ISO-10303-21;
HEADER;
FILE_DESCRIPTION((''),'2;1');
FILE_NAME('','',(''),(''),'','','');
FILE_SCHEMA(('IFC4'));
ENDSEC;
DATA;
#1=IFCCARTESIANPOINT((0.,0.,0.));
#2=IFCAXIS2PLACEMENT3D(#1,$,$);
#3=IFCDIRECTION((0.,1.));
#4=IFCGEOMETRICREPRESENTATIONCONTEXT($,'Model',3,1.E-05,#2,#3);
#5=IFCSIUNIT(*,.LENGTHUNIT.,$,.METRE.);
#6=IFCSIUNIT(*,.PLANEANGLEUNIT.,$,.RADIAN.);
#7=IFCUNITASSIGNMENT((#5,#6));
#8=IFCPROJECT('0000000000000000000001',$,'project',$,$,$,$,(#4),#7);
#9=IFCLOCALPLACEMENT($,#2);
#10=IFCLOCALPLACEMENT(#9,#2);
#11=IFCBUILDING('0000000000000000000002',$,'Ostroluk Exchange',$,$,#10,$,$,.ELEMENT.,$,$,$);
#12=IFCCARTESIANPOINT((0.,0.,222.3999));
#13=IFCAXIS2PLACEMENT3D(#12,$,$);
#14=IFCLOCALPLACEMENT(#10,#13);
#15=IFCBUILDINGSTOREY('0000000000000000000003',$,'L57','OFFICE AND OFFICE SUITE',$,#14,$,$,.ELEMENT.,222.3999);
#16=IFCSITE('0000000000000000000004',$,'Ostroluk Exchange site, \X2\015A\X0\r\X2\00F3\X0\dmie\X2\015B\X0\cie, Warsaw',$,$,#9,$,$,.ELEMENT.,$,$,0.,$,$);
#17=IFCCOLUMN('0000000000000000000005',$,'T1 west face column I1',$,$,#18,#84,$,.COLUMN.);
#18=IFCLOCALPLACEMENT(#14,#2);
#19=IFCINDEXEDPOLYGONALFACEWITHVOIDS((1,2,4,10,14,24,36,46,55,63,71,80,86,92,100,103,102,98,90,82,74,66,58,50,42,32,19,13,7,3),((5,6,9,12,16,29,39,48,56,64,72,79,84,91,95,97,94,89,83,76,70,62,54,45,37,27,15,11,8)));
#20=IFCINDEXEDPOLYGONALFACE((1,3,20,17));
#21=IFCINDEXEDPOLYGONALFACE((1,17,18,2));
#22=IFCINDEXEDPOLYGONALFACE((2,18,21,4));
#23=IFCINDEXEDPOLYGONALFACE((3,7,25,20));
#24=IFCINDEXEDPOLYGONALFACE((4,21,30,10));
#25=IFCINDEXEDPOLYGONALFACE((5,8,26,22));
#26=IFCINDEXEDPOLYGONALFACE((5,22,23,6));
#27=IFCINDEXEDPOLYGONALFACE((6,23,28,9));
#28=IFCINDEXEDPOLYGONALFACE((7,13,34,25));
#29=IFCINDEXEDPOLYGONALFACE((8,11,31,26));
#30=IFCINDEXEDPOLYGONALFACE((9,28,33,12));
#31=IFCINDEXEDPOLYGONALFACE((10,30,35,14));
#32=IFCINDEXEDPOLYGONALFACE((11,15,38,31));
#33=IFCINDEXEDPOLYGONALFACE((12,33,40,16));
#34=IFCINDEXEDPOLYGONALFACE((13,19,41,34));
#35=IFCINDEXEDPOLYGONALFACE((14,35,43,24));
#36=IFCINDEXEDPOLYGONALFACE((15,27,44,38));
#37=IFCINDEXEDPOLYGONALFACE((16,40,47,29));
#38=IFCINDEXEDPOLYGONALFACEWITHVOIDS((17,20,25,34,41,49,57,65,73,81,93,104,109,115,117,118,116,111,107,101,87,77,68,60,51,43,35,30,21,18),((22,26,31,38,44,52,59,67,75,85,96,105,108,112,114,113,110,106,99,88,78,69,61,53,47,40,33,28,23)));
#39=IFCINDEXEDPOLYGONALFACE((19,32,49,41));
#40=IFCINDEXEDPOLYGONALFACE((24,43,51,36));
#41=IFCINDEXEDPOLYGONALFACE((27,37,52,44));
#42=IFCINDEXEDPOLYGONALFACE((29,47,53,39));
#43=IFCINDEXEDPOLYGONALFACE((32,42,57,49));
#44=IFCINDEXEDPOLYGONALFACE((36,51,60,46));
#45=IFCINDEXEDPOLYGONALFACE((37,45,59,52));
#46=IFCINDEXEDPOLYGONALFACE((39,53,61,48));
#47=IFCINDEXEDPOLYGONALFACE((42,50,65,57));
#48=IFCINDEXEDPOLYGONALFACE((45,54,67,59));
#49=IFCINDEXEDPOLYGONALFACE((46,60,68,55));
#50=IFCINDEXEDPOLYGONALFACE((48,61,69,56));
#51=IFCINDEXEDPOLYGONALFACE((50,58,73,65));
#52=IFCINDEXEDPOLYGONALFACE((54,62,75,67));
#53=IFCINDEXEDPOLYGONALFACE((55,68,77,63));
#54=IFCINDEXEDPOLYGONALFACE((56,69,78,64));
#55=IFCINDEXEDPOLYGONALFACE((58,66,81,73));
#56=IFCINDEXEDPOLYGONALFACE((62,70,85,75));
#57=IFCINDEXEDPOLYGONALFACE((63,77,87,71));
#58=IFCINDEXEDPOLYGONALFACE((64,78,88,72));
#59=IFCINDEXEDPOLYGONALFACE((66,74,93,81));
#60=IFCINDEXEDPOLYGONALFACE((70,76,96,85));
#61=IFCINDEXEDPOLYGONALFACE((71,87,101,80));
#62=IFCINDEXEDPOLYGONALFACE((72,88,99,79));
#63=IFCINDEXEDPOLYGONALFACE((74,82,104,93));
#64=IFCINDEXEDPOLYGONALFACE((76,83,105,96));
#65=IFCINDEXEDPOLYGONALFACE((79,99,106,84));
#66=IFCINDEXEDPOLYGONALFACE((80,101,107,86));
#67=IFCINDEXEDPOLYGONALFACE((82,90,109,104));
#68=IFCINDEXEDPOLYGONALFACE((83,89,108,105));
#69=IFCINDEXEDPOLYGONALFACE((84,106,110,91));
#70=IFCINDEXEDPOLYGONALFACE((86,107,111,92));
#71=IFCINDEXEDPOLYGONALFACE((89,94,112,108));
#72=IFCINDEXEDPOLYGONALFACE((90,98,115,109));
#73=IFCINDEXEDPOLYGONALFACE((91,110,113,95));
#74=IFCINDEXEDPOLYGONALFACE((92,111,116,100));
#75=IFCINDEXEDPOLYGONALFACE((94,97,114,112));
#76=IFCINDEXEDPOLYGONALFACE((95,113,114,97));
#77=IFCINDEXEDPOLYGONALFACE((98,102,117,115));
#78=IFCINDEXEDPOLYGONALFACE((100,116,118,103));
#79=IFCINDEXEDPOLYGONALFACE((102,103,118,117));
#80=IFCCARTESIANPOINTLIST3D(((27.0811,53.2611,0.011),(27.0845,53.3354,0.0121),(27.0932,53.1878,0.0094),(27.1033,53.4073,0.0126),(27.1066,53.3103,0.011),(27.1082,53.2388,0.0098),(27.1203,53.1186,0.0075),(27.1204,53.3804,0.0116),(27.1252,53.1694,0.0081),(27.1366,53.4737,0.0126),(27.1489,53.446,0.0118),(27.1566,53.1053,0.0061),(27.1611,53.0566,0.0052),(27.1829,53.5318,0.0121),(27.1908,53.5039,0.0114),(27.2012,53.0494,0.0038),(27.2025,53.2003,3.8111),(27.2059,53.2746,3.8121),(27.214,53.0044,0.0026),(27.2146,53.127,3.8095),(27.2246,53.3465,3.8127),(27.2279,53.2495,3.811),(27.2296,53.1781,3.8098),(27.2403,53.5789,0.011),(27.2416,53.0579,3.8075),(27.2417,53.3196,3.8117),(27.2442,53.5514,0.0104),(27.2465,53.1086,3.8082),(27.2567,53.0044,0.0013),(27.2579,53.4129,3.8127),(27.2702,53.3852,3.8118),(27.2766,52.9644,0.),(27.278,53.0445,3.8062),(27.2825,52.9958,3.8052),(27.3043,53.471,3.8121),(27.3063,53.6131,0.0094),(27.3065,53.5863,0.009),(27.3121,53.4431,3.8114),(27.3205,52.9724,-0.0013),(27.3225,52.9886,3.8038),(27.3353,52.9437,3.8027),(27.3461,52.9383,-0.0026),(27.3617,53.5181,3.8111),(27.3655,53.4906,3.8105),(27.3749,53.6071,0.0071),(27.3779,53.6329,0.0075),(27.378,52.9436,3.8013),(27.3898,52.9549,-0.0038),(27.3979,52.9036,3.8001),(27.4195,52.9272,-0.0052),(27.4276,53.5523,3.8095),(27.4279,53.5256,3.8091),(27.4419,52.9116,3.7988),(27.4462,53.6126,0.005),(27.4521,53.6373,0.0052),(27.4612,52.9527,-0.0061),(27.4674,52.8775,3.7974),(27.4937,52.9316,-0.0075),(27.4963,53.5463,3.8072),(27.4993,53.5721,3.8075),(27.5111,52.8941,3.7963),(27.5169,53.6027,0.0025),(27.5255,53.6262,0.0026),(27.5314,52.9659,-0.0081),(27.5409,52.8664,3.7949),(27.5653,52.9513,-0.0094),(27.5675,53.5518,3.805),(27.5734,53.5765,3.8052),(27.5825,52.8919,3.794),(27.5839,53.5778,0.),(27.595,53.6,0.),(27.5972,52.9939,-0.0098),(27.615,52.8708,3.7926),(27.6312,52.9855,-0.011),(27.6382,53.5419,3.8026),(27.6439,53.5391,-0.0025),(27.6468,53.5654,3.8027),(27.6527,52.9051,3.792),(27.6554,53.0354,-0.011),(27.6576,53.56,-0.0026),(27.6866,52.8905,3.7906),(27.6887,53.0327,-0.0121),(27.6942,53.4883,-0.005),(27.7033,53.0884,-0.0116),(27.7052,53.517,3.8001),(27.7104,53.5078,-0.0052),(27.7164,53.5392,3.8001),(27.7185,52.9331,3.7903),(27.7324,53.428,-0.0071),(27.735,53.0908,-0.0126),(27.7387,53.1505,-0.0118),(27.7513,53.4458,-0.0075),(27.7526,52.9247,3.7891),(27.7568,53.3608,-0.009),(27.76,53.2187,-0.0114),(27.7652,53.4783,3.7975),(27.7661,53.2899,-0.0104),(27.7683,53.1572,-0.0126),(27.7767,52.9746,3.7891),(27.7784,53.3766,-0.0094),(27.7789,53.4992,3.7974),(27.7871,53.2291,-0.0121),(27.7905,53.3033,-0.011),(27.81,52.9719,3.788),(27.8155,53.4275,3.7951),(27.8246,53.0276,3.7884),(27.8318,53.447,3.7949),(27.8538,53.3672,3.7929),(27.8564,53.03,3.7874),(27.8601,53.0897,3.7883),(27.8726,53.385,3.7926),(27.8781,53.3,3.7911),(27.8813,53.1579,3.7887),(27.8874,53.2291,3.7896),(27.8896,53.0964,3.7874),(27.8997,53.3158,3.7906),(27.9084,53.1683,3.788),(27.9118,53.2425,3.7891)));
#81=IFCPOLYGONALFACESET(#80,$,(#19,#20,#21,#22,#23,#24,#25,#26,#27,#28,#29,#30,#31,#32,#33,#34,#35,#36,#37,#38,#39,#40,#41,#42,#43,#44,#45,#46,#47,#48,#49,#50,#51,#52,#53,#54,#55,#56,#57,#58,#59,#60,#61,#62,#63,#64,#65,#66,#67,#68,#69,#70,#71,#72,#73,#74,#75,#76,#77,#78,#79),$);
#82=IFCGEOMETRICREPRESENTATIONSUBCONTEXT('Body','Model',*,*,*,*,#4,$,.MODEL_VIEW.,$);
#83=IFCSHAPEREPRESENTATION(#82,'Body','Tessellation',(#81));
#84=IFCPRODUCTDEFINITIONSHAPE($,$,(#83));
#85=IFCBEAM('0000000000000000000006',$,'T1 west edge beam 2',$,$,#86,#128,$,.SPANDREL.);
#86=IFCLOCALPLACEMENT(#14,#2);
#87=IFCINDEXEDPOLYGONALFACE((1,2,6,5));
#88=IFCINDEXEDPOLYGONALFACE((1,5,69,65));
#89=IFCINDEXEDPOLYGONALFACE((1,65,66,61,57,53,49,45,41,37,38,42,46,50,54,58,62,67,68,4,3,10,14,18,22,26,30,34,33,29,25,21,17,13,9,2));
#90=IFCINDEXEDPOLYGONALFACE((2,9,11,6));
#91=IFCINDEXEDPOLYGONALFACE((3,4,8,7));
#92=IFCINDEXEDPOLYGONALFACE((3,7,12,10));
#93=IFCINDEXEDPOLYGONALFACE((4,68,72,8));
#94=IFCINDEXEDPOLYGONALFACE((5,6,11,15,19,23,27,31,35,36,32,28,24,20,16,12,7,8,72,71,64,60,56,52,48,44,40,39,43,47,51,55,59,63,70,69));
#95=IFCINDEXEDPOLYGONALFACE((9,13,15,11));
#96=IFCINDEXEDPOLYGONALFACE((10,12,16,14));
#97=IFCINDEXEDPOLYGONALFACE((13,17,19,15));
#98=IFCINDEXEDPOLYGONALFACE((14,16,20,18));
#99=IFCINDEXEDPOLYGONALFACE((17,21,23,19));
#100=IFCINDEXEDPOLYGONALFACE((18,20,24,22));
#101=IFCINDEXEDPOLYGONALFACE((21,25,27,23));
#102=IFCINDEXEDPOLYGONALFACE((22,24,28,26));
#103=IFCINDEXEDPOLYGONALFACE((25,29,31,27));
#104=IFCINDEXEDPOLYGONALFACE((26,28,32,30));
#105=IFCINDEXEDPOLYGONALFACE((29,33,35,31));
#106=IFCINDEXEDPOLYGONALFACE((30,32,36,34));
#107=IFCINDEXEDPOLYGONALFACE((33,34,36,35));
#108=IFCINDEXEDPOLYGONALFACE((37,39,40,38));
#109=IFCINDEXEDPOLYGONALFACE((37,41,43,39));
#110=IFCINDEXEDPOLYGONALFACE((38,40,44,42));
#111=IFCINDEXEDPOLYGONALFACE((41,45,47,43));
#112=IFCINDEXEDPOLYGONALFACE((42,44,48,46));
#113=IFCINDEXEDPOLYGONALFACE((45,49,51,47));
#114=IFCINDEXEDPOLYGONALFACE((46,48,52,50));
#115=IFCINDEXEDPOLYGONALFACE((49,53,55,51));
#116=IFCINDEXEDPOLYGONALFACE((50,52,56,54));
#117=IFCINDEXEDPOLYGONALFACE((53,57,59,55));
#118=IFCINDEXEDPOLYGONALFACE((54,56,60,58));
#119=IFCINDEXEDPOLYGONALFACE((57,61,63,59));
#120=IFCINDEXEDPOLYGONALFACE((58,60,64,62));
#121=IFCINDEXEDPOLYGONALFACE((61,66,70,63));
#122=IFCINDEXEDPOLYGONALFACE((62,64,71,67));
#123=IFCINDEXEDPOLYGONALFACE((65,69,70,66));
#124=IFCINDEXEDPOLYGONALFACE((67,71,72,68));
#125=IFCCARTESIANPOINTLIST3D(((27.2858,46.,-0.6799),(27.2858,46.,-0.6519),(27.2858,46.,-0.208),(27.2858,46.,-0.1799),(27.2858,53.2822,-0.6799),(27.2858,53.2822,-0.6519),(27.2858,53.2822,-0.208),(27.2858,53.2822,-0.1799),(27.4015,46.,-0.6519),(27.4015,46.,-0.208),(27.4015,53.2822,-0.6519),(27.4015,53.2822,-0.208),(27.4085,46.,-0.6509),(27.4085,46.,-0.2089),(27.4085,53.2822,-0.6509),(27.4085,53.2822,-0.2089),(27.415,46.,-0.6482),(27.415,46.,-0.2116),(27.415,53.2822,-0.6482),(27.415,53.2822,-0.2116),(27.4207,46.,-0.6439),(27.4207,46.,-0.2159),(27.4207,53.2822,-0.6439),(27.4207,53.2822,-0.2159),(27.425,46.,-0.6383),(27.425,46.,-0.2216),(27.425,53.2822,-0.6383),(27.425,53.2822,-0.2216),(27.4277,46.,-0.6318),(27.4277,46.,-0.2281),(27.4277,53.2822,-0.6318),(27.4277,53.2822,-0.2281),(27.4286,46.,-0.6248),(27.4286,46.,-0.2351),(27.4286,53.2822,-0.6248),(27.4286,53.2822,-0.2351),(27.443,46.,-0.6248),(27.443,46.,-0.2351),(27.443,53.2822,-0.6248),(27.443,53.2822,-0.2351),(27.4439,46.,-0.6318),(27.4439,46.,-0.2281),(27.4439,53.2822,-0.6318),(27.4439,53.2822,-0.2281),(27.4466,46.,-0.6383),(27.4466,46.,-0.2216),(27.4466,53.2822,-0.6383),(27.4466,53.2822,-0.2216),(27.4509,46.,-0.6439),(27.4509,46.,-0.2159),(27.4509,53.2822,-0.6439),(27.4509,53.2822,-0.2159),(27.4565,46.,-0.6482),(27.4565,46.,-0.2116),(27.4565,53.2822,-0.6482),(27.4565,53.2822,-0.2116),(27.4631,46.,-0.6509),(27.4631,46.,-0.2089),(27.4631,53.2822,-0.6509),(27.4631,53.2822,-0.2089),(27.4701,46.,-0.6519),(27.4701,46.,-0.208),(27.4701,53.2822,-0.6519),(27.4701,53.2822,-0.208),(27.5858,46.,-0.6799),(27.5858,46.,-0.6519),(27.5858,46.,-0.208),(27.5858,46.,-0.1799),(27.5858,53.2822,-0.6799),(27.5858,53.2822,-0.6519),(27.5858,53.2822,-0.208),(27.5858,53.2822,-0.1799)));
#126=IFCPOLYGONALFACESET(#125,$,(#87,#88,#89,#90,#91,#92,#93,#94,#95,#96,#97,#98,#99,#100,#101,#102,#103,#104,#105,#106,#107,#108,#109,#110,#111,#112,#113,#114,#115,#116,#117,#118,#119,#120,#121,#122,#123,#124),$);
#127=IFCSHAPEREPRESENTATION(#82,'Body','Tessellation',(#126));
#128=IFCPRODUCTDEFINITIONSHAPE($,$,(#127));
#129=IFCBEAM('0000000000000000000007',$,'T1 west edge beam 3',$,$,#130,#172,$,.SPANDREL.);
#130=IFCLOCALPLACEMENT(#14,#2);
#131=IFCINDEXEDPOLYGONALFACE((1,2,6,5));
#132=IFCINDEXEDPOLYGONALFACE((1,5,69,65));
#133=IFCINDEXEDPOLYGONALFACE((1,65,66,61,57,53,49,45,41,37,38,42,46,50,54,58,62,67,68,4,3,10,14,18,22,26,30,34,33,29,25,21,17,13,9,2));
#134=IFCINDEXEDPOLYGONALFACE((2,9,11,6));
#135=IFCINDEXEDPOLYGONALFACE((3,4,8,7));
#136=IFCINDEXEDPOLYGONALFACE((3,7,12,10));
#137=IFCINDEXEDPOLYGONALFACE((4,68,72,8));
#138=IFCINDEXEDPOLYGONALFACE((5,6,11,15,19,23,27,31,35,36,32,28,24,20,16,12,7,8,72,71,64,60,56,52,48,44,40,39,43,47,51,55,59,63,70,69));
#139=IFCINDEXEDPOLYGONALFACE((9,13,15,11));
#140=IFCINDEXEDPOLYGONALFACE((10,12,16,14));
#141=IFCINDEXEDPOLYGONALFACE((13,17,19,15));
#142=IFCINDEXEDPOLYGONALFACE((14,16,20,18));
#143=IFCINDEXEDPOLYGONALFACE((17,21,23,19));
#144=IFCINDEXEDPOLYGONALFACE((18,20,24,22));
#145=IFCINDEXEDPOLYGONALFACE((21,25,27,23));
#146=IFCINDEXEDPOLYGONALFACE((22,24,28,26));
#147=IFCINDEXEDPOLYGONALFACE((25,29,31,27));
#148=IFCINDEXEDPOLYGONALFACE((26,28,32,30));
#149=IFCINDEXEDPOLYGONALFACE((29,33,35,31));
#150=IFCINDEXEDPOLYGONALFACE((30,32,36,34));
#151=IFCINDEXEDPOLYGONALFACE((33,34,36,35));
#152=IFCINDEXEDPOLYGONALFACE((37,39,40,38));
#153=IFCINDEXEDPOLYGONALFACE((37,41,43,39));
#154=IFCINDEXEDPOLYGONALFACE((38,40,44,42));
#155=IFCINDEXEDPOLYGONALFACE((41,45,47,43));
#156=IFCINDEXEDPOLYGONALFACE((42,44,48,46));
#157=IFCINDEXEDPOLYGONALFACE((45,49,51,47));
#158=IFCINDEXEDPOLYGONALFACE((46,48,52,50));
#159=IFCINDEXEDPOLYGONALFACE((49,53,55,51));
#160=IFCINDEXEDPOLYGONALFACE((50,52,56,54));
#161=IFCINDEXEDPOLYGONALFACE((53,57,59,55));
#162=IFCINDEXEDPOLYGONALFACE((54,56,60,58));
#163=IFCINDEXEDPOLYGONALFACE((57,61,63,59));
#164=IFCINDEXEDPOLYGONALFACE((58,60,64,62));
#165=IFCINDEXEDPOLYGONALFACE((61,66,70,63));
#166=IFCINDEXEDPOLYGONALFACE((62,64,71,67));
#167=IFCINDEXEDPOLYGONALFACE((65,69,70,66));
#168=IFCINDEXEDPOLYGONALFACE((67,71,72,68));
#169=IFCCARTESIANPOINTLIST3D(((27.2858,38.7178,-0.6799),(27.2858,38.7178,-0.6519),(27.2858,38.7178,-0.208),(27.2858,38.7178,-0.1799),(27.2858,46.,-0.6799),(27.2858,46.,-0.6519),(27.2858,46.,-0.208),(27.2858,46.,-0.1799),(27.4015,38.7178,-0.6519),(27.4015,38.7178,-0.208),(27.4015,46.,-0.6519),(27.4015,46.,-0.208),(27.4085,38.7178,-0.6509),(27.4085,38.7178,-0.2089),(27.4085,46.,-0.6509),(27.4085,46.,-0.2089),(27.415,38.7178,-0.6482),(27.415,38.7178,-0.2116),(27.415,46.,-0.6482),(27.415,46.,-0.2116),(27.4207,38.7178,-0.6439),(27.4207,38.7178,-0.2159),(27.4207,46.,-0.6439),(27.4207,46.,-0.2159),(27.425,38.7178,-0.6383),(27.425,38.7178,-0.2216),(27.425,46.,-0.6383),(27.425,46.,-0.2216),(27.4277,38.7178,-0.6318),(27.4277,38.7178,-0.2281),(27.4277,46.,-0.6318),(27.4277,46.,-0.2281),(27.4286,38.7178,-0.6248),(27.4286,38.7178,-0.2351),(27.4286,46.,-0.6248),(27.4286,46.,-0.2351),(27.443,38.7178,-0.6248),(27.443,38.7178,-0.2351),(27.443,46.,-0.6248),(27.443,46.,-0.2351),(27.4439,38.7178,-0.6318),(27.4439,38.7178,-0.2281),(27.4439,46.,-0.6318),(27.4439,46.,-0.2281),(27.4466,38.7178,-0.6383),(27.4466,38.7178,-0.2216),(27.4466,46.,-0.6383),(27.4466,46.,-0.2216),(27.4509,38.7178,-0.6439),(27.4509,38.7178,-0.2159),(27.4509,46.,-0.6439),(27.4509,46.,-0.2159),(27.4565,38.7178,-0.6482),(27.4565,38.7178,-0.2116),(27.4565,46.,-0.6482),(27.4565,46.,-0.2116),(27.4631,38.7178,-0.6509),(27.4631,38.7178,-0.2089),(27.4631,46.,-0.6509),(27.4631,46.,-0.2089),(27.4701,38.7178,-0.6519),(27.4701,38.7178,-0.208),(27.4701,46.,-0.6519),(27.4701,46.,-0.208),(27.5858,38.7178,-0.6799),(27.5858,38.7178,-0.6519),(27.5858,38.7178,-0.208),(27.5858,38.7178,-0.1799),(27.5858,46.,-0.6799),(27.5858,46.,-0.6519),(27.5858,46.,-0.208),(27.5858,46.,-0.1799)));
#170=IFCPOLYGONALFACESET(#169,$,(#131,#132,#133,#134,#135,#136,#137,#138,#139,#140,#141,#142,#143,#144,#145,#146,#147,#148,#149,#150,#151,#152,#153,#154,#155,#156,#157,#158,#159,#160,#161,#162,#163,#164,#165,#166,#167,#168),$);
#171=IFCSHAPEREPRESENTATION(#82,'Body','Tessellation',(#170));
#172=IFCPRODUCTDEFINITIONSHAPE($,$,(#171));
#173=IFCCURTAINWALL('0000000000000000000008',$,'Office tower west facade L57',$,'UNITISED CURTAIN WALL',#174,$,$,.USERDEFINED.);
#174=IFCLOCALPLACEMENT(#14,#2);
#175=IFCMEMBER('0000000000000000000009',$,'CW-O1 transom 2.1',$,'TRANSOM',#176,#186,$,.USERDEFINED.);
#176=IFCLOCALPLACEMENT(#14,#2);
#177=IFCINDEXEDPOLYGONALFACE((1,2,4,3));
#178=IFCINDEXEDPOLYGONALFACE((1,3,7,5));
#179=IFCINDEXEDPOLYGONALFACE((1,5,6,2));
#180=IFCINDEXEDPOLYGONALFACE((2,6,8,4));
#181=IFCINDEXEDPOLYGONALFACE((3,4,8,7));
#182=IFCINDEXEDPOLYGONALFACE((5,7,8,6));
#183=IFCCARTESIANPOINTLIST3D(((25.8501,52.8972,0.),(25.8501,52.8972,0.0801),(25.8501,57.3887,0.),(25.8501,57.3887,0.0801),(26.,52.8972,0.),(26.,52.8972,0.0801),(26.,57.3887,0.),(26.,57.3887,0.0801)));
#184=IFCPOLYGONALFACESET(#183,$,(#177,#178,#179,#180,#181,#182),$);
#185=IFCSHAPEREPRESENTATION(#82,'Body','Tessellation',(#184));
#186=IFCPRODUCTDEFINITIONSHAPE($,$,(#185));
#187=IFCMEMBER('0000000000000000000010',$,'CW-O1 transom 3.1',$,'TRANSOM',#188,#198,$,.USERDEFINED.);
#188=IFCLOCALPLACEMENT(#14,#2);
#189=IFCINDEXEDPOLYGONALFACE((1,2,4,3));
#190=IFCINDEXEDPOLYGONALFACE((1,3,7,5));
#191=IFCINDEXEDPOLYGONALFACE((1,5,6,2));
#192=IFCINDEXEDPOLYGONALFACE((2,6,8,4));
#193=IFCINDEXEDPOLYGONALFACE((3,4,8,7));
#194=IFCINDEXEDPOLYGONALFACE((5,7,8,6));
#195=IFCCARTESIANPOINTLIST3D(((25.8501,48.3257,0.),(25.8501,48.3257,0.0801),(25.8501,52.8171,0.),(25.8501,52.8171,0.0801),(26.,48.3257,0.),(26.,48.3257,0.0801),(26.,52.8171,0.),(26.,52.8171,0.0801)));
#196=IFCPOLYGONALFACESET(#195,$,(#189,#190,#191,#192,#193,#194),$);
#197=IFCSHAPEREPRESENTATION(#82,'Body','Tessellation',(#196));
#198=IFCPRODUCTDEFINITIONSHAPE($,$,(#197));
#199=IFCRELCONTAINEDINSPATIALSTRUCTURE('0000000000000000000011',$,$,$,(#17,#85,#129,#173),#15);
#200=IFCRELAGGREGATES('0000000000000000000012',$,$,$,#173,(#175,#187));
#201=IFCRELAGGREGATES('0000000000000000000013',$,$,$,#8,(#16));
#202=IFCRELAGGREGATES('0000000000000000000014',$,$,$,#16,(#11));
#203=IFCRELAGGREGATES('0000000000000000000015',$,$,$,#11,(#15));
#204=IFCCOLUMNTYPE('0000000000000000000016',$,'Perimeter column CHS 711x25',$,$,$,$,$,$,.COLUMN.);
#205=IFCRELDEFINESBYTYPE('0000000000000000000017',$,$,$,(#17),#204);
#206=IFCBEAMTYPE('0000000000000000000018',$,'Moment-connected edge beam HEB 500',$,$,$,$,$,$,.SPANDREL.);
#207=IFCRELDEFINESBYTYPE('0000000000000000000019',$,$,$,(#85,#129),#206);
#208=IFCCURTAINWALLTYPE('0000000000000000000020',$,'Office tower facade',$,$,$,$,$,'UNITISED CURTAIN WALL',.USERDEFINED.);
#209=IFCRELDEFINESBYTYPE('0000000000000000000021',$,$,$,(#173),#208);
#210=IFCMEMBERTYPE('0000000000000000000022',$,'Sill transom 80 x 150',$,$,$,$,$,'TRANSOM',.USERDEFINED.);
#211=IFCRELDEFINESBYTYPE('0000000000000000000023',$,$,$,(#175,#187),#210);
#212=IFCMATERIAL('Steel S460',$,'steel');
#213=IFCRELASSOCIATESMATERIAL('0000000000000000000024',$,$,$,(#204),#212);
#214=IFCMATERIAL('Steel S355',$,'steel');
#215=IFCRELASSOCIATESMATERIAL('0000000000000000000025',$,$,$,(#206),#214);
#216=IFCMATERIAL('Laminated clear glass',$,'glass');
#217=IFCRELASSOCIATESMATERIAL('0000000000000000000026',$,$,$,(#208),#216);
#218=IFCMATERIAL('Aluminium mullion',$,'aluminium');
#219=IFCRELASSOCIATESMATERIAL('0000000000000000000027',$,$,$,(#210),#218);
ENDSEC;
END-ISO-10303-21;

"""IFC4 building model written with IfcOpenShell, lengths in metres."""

from ifc_helpers import new_model, si_unit, direction, frame, origin, origin_2d, place, context, subcontext, project, spatial, rectangle, hollow_circle, i_section, extrude, material, material_profile, profile_set, type_object, element, aggregate, save


model = new_model("IFC4")

# Units and contexts
model_context = context("Model", 3, precision=1e-05, world=origin(), true_north=direction((0.0, 1.0)))
body_context = subcontext(model_context, "Body", "Model", "MODEL_VIEW")
ifc_project = project(units=[si_unit("LENGTHUNIT", "METRE"), si_unit("PLANEANGLEUNIT", "RADIAN")], contexts=[model_context])

# Site, building, storey
site_placement = place(None, origin())
site = spatial("IfcSite", under=ifc_project, at=site_placement, Name="Ostroluk Exchange site, Śródmieście, Warsaw", CompositionType="ELEMENT", RefElevation=0.0)
building_placement = place(site_placement, origin())
building = spatial("IfcBuilding", under=site, at=building_placement, Name="Ostroluk Exchange", CompositionType="ELEMENT")
storey_placement = place(building_placement, frame((0.0, 0.0, 222.3999)))
storey = spatial("IfcBuildingStorey", under=building, at=storey_placement, Name="L57", Description="OFFICE AND OFFICE SUITE", CompositionType="ELEMENT", Elevation=222.3999)

# Column
ifc_material_1 = material(Name="Steel S460", Category="steel")
ifc_material_profile_1 = material_profile(ifc_material_1, hollow_circle(Radius=0.3555, WallThickness=0.0249, at=origin_2d()), Name="CHS 711x25")
ifc_profile_set_1 = profile_set([ifc_material_profile_1], Name="Steel S460")
column_type = type_object("IfcColumnType", Name="Perimeter column CHS 711x25", PredefinedType="COLUMN", material=ifc_profile_set_1)
column_placement = place(storey_placement, frame((27.4358, 53.2822, 0.0), z_axis=(0.03191, -0.015987, 0.999363), x_axis=(0.447933, 0.894067, 0.0)))
element("IfcColumn", 1, at=column_placement, inside=storey, type_object=column_type, Name="T1 west face column I1", PredefinedType="COLUMN", context=body_context, shape_type="SweptSolid", body=[
    extrude(hollow_circle(Radius=0.3555, WallThickness=0.0249, at=origin_2d()), origin(), (0.0, 0.0, 1.0), 3.8025),
])

# Beams
ifc_material_2 = material(Name="Steel S355", Category="steel")
ifc_material_profile_2 = material_profile(ifc_material_2, i_section(OverallWidth=0.3, OverallDepth=0.5, WebThickness=0.0144, FlangeThickness=0.0281, FilletRadius=0.0271, at=origin_2d()), Name="HEB 500")
ifc_profile_set_2 = profile_set([ifc_material_profile_2], Name="Steel S355")
beam_type = type_object("IfcBeamType", Name="Moment-connected edge beam HEB 500", PredefinedType="SPANDREL", material=ifc_profile_set_2)
for number, where, z_axis, x_axis, name in (
    (2, (27.4358, 53.2822, -0.4299), (0.0, -1.0, 0.0), (1.0, 0.0, 0.0), "T1 west edge beam 2"),
    (3, (27.4358, 46.0, -0.4299), (0.0, -1.0, 0.0), (1.0, 0.0, 0.0), "T1 west edge beam 3"),
):
    element("IfcBeam", number, at=place(storey_placement, frame(where, z_axis=z_axis, x_axis=x_axis)), inside=storey, type_object=beam_type, Name=name, PredefinedType="SPANDREL", context=body_context, shape_type="SweptSolid", body=[
        extrude(i_section(OverallWidth=0.3, OverallDepth=0.5, WebThickness=0.0144, FlangeThickness=0.0281, FilletRadius=0.0271, at=origin_2d()), origin(), (0.0, 0.0, 1.0), 7.2822),
    ])

# Curtain wall, members
ifc_material_3 = material(Name="Laminated clear glass", Category="glass")
curtain_wall_type = type_object("IfcCurtainWallType", Name="Office tower facade", ElementType="UNITISED CURTAIN WALL", PredefinedType="USERDEFINED", material=ifc_material_3)
curtain_wall_1_placement = place(storey_placement, origin())
curtain_wall_1 = element("IfcCurtainWall", 4, at=curtain_wall_1_placement, inside=storey, type_object=curtain_wall_type, Name="Office tower west facade L57", ObjectType="UNITISED CURTAIN WALL", PredefinedType="USERDEFINED")
ifc_material_4 = material(Name="Aluminium mullion", Category="aluminium")
ifc_material_profile_3 = material_profile(ifc_material_4, rectangle(XDim=0.1499, YDim=0.0801, at=origin_2d()), Name="Sill transom 80 x 150")
ifc_profile_set_3 = profile_set([ifc_material_profile_3], Name="Aluminium mullion")
member_type_1 = type_object("IfcMemberType", Name="Sill transom 80 x 150", ElementType="TRANSOM", PredefinedType="USERDEFINED", material=ifc_profile_set_3)
member_1_placement = place(storey_placement, frame((25.925, 57.3887, 0.04), z_axis=(0.0, -1.0, 0.0), x_axis=(1.0, 0.0, 0.0)))
member_1 = element("IfcMember", 5, at=member_1_placement, type_object=member_type_1, Name="CW-O1 transom 2.1", ObjectType="TRANSOM", PredefinedType="USERDEFINED", context=body_context, shape_type="SweptSolid", body=[
    extrude(rectangle(XDim=0.1499, YDim=0.0801, at=origin_2d()), origin(), (0.0, 0.0, 1.0), 4.4915),
])
member_2_placement = place(storey_placement, frame((25.925, 52.8171, 0.04), z_axis=(0.0, -1.0, 0.0), x_axis=(1.0, 0.0, 0.0)))
member_2 = element("IfcMember", 6, at=member_2_placement, type_object=member_type_1, Name="CW-O1 transom 3.1", ObjectType="TRANSOM", PredefinedType="USERDEFINED", context=body_context, shape_type="SweptSolid", body=[
    extrude(rectangle(XDim=0.1499, YDim=0.0801, at=origin_2d()), origin(), (0.0, 0.0, 1.0), 4.4915),
])

aggregate(curtain_wall_1, [member_1, member_2])

save(model, "model.ifc")
